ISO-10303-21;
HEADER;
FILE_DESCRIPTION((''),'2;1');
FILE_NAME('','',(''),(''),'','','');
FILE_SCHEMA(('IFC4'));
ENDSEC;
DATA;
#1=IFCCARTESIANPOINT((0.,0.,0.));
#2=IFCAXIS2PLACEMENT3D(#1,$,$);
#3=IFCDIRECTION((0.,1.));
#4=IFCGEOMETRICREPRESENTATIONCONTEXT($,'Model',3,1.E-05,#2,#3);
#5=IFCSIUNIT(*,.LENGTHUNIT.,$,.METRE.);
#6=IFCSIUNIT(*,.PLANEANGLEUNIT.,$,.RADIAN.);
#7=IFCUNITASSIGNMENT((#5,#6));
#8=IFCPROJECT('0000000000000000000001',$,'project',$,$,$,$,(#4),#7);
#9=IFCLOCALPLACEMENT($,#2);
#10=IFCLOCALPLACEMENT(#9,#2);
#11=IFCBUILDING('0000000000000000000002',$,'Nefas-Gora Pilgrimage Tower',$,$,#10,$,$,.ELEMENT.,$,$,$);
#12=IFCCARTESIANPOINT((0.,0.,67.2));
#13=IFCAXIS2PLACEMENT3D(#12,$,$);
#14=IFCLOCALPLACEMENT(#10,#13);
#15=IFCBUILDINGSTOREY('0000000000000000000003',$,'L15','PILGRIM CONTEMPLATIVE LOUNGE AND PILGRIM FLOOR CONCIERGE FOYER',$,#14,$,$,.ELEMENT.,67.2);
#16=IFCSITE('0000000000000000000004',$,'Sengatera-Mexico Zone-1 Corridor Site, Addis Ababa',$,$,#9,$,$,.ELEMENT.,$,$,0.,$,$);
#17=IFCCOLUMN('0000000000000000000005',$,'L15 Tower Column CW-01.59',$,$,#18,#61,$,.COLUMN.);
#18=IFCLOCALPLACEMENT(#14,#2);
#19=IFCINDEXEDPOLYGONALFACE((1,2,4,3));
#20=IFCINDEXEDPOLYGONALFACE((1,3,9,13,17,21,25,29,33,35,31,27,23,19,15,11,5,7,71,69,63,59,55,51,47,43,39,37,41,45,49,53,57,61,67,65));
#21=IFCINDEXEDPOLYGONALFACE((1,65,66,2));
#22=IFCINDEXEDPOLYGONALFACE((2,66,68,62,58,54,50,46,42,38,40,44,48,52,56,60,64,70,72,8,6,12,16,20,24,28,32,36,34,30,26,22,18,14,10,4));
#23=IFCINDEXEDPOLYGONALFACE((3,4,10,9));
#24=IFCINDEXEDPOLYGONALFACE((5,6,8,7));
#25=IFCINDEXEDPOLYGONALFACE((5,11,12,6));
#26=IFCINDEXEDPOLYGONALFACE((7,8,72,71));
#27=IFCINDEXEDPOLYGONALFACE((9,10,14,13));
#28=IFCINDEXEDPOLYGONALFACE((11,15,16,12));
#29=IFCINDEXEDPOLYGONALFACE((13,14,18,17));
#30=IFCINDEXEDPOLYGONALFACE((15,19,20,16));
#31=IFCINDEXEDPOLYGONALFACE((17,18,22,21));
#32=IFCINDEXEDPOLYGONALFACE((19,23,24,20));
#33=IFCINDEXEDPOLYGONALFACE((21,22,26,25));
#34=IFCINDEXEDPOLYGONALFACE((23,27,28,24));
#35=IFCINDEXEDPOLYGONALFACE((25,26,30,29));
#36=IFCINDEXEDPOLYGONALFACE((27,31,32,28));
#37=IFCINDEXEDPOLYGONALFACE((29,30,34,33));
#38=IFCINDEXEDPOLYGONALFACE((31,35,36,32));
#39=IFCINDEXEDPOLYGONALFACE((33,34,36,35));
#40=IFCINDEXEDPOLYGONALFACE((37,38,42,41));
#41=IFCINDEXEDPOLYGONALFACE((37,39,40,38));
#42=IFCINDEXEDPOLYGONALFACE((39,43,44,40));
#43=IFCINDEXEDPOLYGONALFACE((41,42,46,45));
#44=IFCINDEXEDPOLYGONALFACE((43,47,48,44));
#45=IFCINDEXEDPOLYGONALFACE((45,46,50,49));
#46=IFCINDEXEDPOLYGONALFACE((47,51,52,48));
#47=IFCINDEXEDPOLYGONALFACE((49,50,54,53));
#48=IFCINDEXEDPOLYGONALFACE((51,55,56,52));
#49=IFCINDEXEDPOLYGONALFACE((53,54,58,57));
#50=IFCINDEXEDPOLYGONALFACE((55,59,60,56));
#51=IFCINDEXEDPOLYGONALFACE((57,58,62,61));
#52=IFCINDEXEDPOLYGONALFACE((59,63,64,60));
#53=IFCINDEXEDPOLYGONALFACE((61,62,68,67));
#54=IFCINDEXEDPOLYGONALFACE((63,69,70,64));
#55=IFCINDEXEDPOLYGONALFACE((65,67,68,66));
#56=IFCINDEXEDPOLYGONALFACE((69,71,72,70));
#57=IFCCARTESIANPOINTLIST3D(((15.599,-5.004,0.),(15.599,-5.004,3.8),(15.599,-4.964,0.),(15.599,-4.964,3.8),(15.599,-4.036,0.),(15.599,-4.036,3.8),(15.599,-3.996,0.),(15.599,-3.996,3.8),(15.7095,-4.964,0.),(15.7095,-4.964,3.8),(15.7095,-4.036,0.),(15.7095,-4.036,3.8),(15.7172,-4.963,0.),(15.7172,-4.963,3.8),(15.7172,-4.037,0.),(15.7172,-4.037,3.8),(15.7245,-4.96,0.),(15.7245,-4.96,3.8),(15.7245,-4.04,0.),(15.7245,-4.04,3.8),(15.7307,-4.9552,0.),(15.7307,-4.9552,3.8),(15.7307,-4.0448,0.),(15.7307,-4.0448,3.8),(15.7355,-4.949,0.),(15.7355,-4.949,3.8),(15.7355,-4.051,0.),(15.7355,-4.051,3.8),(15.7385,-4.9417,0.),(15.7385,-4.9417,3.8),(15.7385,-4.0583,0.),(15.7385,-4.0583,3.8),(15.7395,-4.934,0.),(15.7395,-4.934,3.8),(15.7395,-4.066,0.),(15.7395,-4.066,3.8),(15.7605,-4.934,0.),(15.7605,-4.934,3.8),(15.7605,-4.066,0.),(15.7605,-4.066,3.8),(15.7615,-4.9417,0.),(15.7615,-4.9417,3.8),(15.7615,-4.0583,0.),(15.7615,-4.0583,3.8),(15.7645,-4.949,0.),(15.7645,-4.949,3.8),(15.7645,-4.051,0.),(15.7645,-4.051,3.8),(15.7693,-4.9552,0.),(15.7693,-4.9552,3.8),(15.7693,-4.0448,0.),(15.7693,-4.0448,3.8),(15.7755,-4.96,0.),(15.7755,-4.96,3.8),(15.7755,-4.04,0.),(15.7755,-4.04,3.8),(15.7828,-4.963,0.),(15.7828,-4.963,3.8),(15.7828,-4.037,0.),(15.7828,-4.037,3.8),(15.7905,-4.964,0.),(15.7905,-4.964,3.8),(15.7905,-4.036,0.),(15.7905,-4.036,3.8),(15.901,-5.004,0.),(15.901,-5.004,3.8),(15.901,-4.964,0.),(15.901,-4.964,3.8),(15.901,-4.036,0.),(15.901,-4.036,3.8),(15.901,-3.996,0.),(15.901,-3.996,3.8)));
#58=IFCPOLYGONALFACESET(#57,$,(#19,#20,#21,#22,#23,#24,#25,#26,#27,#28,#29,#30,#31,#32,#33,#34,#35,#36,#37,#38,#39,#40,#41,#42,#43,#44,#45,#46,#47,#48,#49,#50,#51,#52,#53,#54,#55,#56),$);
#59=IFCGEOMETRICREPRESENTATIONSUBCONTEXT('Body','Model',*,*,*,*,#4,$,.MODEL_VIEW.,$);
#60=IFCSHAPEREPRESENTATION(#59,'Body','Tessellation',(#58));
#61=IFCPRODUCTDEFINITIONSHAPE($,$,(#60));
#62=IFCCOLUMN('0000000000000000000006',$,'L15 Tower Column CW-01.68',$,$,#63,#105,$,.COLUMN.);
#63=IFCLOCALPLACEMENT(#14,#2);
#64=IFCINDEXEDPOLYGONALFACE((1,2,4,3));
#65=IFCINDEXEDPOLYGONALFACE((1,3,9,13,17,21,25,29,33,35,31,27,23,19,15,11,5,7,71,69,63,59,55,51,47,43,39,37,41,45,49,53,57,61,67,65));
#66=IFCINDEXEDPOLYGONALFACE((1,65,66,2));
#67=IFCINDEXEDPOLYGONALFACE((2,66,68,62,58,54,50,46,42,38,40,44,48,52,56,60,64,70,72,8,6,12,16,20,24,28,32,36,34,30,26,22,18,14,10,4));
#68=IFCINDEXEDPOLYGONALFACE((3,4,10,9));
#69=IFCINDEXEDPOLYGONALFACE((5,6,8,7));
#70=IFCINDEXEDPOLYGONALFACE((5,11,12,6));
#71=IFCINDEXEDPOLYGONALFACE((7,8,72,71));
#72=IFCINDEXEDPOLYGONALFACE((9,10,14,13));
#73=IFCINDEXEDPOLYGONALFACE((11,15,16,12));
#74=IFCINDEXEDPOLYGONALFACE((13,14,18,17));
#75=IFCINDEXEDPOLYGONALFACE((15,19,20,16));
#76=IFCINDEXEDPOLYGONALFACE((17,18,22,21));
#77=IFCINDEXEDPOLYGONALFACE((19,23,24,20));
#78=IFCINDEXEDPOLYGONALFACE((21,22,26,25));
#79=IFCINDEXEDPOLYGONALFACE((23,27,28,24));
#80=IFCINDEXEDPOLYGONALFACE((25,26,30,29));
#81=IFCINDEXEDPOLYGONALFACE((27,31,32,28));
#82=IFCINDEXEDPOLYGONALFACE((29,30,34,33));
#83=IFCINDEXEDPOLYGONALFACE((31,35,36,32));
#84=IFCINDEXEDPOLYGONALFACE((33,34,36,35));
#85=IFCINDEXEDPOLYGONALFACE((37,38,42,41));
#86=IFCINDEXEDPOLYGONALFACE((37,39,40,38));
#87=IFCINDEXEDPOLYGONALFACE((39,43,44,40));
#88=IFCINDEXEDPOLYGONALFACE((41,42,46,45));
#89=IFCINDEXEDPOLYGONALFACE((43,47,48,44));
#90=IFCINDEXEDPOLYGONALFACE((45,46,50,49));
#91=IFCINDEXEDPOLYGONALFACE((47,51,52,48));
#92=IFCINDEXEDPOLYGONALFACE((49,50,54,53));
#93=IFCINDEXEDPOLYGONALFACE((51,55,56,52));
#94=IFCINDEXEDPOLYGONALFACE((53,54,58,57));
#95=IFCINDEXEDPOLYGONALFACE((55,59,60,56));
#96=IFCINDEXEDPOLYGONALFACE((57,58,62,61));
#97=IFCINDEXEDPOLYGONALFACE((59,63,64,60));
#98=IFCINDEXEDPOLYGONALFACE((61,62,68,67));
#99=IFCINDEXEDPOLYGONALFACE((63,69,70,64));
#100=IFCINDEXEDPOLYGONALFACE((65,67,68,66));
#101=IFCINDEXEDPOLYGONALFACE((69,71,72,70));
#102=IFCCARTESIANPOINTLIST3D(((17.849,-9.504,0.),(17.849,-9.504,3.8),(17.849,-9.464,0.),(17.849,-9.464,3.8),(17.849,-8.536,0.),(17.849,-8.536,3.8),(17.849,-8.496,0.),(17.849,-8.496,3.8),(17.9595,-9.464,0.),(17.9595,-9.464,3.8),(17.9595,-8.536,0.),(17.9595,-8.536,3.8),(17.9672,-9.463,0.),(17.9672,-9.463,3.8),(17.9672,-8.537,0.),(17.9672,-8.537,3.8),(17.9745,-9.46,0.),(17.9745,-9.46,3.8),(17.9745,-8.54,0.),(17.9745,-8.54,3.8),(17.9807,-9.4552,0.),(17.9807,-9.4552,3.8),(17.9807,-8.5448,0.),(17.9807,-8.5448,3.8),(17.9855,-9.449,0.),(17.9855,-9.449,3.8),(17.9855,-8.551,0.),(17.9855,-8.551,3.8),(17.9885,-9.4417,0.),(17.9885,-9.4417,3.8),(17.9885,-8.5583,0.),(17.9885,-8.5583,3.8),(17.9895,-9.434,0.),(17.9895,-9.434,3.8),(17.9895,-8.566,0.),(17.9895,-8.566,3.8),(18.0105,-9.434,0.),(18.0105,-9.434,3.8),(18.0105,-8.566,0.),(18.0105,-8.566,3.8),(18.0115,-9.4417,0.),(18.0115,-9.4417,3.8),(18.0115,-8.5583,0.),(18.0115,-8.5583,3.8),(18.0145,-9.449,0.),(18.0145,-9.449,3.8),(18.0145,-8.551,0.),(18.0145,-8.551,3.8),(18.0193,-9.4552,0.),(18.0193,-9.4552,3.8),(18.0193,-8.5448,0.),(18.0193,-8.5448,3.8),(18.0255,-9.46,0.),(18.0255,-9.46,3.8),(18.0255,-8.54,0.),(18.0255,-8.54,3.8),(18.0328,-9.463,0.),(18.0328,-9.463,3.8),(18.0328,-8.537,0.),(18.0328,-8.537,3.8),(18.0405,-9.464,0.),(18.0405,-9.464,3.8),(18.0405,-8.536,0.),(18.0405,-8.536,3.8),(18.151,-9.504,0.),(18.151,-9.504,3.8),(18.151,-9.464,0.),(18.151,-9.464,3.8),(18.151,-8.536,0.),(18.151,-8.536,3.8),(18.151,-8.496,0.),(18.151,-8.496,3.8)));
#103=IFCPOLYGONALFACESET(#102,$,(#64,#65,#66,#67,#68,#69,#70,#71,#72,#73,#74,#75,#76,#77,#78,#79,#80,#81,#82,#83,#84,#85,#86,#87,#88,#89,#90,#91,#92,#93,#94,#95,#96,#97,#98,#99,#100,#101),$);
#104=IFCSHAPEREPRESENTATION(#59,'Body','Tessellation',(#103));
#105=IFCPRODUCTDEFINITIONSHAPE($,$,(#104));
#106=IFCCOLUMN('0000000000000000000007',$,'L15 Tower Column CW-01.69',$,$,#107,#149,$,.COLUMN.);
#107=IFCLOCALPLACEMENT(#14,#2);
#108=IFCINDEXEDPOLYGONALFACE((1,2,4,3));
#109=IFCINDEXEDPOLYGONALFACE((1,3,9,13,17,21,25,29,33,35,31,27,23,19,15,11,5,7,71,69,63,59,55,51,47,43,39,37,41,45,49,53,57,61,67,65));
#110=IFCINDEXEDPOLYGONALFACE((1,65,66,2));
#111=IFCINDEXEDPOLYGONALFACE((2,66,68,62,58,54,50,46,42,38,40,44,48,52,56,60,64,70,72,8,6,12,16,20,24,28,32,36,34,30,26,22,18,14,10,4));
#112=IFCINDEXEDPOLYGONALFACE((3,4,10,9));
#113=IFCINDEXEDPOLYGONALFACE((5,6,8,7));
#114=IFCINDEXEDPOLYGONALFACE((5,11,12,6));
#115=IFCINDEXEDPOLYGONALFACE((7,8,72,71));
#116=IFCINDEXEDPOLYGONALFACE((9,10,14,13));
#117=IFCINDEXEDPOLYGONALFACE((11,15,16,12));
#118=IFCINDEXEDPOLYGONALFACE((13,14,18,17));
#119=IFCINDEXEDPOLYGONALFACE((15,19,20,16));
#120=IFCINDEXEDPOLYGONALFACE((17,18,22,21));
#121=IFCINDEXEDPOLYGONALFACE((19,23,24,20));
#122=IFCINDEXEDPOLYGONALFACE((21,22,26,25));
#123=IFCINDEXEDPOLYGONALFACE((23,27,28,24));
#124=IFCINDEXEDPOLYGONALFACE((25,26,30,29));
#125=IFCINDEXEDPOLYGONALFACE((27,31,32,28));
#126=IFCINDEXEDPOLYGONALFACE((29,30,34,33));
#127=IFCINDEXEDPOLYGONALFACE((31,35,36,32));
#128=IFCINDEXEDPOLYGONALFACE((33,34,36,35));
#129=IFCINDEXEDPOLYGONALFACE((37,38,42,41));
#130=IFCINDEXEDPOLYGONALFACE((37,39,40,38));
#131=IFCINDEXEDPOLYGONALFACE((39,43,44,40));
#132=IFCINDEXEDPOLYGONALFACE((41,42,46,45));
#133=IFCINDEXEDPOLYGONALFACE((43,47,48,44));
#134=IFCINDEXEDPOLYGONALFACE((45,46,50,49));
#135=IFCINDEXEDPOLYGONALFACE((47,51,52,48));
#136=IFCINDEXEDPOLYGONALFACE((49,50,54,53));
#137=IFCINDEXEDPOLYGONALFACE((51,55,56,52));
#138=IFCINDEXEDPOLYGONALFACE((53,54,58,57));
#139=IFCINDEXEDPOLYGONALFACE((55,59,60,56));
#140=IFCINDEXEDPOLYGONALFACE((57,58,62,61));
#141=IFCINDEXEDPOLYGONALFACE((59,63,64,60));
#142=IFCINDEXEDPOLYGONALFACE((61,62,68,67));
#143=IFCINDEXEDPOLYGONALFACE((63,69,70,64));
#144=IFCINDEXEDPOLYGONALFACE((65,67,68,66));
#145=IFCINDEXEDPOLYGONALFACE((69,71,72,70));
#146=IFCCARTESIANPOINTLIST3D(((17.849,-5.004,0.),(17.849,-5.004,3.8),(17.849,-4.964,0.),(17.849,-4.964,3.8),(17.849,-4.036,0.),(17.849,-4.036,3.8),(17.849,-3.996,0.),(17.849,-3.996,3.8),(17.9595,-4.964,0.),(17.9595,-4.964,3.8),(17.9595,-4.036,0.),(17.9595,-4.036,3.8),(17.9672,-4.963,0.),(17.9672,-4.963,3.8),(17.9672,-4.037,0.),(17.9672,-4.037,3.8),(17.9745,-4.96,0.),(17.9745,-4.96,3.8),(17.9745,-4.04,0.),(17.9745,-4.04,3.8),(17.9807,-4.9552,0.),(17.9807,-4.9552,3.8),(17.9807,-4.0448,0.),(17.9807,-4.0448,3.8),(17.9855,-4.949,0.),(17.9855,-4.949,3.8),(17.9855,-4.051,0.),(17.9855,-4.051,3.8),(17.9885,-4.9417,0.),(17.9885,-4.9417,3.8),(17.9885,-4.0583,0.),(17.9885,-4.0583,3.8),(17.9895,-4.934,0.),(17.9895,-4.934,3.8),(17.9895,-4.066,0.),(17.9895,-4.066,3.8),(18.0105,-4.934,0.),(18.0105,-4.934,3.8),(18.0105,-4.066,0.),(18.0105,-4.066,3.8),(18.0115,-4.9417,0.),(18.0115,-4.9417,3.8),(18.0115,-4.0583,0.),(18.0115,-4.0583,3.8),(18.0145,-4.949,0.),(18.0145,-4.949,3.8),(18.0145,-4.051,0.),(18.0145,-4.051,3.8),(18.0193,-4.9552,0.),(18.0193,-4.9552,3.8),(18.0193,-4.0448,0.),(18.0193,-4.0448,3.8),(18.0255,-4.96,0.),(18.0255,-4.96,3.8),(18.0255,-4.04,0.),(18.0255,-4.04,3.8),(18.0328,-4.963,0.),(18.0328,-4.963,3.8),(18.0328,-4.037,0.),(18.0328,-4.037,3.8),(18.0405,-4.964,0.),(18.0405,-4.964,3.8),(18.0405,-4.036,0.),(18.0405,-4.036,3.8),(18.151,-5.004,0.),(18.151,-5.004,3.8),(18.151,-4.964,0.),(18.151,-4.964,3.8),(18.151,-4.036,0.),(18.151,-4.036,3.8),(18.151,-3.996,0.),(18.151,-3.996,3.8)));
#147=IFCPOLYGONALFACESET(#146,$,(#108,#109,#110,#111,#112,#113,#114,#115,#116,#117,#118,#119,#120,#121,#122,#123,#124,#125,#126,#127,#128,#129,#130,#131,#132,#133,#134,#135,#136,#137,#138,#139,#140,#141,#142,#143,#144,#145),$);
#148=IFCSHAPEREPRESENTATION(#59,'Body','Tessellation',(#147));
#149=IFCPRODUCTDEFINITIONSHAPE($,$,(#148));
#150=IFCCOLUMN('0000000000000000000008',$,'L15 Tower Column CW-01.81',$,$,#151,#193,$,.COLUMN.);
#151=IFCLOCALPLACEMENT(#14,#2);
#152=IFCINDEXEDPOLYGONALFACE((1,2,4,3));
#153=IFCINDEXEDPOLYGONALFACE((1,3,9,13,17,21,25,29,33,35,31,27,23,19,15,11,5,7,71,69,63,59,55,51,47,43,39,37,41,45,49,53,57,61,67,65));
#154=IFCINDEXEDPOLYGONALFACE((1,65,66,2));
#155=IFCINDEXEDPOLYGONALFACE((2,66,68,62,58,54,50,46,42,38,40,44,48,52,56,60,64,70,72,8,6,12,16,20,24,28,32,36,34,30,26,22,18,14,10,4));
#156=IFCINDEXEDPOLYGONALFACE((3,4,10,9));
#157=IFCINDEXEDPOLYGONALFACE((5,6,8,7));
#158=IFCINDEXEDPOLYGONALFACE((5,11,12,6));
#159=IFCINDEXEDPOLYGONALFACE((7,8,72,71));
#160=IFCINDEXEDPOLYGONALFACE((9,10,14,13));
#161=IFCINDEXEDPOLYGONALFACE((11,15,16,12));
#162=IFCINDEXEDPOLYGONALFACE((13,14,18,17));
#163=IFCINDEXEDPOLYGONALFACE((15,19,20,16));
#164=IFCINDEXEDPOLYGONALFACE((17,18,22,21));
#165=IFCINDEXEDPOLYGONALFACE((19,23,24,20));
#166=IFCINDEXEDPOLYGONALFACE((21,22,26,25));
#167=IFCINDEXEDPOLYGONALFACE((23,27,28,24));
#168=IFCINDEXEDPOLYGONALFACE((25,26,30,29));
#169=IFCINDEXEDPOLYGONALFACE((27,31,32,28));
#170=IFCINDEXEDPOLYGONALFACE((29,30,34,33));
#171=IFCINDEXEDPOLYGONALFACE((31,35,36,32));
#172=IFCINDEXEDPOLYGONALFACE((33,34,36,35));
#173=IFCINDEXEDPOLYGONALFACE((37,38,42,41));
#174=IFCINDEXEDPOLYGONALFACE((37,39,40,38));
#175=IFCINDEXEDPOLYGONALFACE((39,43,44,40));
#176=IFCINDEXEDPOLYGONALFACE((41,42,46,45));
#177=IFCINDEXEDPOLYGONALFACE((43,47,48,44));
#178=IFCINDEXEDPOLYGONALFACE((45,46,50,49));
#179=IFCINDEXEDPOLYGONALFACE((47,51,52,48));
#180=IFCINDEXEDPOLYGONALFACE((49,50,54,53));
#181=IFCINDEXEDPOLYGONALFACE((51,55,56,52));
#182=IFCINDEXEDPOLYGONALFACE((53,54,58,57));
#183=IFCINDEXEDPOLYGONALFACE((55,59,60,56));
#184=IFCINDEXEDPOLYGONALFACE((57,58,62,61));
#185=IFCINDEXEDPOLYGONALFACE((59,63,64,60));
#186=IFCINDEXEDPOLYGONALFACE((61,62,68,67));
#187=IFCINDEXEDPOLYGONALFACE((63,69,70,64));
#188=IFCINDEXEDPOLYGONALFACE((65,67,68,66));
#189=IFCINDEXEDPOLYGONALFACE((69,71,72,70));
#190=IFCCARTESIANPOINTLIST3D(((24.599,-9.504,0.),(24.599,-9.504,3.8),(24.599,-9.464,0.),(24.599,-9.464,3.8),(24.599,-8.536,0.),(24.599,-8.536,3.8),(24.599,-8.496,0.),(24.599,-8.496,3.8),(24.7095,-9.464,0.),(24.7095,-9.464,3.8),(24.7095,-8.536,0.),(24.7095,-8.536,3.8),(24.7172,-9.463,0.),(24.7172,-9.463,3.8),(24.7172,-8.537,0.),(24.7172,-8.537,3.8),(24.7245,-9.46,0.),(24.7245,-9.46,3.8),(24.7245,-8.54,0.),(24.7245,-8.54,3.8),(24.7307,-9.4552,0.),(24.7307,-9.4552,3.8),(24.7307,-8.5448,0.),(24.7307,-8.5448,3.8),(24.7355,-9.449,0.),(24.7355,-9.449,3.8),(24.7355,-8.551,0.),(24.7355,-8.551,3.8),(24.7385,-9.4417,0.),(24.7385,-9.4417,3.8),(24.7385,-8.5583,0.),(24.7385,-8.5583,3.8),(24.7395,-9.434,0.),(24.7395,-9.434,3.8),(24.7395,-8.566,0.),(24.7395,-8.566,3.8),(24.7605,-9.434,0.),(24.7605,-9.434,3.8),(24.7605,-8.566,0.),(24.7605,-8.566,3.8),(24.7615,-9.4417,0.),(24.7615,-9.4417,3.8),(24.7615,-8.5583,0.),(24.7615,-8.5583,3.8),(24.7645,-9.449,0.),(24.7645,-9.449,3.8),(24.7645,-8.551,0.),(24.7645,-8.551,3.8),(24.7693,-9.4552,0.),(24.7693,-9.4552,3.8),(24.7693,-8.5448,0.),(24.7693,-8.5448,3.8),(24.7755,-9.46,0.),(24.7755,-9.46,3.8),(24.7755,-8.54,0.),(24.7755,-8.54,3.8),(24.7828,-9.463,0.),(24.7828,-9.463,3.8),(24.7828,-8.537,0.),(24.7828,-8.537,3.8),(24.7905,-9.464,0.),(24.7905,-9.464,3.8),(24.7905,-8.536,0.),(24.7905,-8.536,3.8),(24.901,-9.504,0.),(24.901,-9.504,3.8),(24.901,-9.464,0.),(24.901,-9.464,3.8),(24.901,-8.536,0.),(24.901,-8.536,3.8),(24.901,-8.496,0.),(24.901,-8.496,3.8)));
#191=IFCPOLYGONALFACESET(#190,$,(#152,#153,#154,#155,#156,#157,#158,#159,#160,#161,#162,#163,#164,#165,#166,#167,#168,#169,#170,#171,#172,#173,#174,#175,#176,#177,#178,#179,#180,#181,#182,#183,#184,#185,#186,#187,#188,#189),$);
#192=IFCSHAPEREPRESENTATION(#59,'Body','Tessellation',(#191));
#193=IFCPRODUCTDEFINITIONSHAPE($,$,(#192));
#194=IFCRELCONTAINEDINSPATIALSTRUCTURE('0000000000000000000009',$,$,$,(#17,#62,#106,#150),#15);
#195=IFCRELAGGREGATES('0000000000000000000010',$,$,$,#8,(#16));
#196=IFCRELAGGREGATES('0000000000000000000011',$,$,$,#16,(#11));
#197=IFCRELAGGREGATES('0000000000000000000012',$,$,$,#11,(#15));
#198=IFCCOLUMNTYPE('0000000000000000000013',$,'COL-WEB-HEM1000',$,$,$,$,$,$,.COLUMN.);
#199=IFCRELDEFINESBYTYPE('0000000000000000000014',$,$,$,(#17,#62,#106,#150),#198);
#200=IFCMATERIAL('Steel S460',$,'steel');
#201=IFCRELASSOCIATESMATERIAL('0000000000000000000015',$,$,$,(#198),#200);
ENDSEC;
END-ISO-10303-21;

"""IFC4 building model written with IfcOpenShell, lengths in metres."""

from ifc_helpers import new_model, si_unit, direction, frame, origin, origin_2d, place, context, subcontext, project, spatial, i_section, extrude, source, transform, mapped, material, material_profile, profile_set, type_object, element, save


model = new_model("IFC4")

# Units and contexts
model_context = context("Model", 3, precision=1e-05, world=origin(), true_north=direction((0.0, 1.0)))
body_context = subcontext(model_context, "Body", "Model", "MODEL_VIEW")
ifc_project = project(units=[si_unit("LENGTHUNIT", "METRE"), si_unit("PLANEANGLEUNIT", "RADIAN")], contexts=[model_context])

# Site, building, storey
site_placement = place(None, origin())
site = spatial("IfcSite", under=ifc_project, at=site_placement, Name="Sengatera-Mexico Zone-1 Corridor Site, Addis Ababa", CompositionType="ELEMENT", RefElevation=0.0)
building_placement = place(site_placement, origin())
building = spatial("IfcBuilding", under=site, at=building_placement, Name="Nefas-Gora Pilgrimage Tower", CompositionType="ELEMENT")
storey_placement = place(building_placement, frame((0.0, 0.0, 67.2)))
storey = spatial("IfcBuildingStorey", under=building, at=storey_placement, Name="L15", Description="PILGRIM CONTEMPLATIVE LOUNGE AND PILGRIM FLOOR CONCIERGE FOYER", CompositionType="ELEMENT", Elevation=67.2)

# Columns
ifc_material_1 = material(Name="Steel S460", Category="steel")
ifc_material_profile_1 = material_profile(ifc_material_1, i_section(OverallWidth=0.302, OverallDepth=1.0081, WebThickness=0.021, FlangeThickness=0.04, FilletRadius=0.03, at=origin_2d()), Name="HEM 1000")
ifc_profile_set_1 = profile_set([ifc_material_profile_1], Name="Steel S460")
column_type_1 = type_object("IfcColumnType", Name="COL-WEB-HEM1000", PredefinedType="COLUMN", material=ifc_profile_set_1)
shared_shape_1 = source(origin(), body_context, "Body", "SweptSolid", [
    extrude(i_section(OverallWidth=0.302, OverallDepth=1.0081, WebThickness=0.021, FlangeThickness=0.04, FilletRadius=0.03, at=origin_2d()), origin(), (0.0, 0.0, 1.0), 3.8),
])
for number, where, z_axis, x_axis, name in (
    (1, (15.75, -4.5, 0.0), (0.0, 0.0, 1.0), (1.0, 0.0, 0.0), "L15 Tower Column CW-01.59"),
    (2, (18.0, -9.0, 0.0), (0.0, 0.0, 1.0), (1.0, 0.0, 0.0), "L15 Tower Column CW-01.68"),
    (3, (18.0, -4.5, 0.0), (0.0, 0.0, 1.0), (1.0, 0.0, 0.0), "L15 Tower Column CW-01.69"),
    (4, (24.75, -9.0, 0.0), (0.0, 0.0, 1.0), (1.0, 0.0, 0.0), "L15 Tower Column CW-01.81"),
):
    element("IfcColumn", number, at=place(storey_placement, frame(where, z_axis=z_axis, x_axis=x_axis)), inside=storey, type_object=column_type_1, Name=name, PredefinedType="COLUMN", context=body_context, shape_type="MappedRepresentation", body=[
        mapped(shared_shape_1, transform((0.0, 0.0, 0.0), x_axis=(1.0, 0.0, 0.0), y_axis=(0.0, 1.0, 0.0), z_axis=(0.0, 0.0, 1.0), scale=1.0)),
    ])

save(model, "model.ifc")
